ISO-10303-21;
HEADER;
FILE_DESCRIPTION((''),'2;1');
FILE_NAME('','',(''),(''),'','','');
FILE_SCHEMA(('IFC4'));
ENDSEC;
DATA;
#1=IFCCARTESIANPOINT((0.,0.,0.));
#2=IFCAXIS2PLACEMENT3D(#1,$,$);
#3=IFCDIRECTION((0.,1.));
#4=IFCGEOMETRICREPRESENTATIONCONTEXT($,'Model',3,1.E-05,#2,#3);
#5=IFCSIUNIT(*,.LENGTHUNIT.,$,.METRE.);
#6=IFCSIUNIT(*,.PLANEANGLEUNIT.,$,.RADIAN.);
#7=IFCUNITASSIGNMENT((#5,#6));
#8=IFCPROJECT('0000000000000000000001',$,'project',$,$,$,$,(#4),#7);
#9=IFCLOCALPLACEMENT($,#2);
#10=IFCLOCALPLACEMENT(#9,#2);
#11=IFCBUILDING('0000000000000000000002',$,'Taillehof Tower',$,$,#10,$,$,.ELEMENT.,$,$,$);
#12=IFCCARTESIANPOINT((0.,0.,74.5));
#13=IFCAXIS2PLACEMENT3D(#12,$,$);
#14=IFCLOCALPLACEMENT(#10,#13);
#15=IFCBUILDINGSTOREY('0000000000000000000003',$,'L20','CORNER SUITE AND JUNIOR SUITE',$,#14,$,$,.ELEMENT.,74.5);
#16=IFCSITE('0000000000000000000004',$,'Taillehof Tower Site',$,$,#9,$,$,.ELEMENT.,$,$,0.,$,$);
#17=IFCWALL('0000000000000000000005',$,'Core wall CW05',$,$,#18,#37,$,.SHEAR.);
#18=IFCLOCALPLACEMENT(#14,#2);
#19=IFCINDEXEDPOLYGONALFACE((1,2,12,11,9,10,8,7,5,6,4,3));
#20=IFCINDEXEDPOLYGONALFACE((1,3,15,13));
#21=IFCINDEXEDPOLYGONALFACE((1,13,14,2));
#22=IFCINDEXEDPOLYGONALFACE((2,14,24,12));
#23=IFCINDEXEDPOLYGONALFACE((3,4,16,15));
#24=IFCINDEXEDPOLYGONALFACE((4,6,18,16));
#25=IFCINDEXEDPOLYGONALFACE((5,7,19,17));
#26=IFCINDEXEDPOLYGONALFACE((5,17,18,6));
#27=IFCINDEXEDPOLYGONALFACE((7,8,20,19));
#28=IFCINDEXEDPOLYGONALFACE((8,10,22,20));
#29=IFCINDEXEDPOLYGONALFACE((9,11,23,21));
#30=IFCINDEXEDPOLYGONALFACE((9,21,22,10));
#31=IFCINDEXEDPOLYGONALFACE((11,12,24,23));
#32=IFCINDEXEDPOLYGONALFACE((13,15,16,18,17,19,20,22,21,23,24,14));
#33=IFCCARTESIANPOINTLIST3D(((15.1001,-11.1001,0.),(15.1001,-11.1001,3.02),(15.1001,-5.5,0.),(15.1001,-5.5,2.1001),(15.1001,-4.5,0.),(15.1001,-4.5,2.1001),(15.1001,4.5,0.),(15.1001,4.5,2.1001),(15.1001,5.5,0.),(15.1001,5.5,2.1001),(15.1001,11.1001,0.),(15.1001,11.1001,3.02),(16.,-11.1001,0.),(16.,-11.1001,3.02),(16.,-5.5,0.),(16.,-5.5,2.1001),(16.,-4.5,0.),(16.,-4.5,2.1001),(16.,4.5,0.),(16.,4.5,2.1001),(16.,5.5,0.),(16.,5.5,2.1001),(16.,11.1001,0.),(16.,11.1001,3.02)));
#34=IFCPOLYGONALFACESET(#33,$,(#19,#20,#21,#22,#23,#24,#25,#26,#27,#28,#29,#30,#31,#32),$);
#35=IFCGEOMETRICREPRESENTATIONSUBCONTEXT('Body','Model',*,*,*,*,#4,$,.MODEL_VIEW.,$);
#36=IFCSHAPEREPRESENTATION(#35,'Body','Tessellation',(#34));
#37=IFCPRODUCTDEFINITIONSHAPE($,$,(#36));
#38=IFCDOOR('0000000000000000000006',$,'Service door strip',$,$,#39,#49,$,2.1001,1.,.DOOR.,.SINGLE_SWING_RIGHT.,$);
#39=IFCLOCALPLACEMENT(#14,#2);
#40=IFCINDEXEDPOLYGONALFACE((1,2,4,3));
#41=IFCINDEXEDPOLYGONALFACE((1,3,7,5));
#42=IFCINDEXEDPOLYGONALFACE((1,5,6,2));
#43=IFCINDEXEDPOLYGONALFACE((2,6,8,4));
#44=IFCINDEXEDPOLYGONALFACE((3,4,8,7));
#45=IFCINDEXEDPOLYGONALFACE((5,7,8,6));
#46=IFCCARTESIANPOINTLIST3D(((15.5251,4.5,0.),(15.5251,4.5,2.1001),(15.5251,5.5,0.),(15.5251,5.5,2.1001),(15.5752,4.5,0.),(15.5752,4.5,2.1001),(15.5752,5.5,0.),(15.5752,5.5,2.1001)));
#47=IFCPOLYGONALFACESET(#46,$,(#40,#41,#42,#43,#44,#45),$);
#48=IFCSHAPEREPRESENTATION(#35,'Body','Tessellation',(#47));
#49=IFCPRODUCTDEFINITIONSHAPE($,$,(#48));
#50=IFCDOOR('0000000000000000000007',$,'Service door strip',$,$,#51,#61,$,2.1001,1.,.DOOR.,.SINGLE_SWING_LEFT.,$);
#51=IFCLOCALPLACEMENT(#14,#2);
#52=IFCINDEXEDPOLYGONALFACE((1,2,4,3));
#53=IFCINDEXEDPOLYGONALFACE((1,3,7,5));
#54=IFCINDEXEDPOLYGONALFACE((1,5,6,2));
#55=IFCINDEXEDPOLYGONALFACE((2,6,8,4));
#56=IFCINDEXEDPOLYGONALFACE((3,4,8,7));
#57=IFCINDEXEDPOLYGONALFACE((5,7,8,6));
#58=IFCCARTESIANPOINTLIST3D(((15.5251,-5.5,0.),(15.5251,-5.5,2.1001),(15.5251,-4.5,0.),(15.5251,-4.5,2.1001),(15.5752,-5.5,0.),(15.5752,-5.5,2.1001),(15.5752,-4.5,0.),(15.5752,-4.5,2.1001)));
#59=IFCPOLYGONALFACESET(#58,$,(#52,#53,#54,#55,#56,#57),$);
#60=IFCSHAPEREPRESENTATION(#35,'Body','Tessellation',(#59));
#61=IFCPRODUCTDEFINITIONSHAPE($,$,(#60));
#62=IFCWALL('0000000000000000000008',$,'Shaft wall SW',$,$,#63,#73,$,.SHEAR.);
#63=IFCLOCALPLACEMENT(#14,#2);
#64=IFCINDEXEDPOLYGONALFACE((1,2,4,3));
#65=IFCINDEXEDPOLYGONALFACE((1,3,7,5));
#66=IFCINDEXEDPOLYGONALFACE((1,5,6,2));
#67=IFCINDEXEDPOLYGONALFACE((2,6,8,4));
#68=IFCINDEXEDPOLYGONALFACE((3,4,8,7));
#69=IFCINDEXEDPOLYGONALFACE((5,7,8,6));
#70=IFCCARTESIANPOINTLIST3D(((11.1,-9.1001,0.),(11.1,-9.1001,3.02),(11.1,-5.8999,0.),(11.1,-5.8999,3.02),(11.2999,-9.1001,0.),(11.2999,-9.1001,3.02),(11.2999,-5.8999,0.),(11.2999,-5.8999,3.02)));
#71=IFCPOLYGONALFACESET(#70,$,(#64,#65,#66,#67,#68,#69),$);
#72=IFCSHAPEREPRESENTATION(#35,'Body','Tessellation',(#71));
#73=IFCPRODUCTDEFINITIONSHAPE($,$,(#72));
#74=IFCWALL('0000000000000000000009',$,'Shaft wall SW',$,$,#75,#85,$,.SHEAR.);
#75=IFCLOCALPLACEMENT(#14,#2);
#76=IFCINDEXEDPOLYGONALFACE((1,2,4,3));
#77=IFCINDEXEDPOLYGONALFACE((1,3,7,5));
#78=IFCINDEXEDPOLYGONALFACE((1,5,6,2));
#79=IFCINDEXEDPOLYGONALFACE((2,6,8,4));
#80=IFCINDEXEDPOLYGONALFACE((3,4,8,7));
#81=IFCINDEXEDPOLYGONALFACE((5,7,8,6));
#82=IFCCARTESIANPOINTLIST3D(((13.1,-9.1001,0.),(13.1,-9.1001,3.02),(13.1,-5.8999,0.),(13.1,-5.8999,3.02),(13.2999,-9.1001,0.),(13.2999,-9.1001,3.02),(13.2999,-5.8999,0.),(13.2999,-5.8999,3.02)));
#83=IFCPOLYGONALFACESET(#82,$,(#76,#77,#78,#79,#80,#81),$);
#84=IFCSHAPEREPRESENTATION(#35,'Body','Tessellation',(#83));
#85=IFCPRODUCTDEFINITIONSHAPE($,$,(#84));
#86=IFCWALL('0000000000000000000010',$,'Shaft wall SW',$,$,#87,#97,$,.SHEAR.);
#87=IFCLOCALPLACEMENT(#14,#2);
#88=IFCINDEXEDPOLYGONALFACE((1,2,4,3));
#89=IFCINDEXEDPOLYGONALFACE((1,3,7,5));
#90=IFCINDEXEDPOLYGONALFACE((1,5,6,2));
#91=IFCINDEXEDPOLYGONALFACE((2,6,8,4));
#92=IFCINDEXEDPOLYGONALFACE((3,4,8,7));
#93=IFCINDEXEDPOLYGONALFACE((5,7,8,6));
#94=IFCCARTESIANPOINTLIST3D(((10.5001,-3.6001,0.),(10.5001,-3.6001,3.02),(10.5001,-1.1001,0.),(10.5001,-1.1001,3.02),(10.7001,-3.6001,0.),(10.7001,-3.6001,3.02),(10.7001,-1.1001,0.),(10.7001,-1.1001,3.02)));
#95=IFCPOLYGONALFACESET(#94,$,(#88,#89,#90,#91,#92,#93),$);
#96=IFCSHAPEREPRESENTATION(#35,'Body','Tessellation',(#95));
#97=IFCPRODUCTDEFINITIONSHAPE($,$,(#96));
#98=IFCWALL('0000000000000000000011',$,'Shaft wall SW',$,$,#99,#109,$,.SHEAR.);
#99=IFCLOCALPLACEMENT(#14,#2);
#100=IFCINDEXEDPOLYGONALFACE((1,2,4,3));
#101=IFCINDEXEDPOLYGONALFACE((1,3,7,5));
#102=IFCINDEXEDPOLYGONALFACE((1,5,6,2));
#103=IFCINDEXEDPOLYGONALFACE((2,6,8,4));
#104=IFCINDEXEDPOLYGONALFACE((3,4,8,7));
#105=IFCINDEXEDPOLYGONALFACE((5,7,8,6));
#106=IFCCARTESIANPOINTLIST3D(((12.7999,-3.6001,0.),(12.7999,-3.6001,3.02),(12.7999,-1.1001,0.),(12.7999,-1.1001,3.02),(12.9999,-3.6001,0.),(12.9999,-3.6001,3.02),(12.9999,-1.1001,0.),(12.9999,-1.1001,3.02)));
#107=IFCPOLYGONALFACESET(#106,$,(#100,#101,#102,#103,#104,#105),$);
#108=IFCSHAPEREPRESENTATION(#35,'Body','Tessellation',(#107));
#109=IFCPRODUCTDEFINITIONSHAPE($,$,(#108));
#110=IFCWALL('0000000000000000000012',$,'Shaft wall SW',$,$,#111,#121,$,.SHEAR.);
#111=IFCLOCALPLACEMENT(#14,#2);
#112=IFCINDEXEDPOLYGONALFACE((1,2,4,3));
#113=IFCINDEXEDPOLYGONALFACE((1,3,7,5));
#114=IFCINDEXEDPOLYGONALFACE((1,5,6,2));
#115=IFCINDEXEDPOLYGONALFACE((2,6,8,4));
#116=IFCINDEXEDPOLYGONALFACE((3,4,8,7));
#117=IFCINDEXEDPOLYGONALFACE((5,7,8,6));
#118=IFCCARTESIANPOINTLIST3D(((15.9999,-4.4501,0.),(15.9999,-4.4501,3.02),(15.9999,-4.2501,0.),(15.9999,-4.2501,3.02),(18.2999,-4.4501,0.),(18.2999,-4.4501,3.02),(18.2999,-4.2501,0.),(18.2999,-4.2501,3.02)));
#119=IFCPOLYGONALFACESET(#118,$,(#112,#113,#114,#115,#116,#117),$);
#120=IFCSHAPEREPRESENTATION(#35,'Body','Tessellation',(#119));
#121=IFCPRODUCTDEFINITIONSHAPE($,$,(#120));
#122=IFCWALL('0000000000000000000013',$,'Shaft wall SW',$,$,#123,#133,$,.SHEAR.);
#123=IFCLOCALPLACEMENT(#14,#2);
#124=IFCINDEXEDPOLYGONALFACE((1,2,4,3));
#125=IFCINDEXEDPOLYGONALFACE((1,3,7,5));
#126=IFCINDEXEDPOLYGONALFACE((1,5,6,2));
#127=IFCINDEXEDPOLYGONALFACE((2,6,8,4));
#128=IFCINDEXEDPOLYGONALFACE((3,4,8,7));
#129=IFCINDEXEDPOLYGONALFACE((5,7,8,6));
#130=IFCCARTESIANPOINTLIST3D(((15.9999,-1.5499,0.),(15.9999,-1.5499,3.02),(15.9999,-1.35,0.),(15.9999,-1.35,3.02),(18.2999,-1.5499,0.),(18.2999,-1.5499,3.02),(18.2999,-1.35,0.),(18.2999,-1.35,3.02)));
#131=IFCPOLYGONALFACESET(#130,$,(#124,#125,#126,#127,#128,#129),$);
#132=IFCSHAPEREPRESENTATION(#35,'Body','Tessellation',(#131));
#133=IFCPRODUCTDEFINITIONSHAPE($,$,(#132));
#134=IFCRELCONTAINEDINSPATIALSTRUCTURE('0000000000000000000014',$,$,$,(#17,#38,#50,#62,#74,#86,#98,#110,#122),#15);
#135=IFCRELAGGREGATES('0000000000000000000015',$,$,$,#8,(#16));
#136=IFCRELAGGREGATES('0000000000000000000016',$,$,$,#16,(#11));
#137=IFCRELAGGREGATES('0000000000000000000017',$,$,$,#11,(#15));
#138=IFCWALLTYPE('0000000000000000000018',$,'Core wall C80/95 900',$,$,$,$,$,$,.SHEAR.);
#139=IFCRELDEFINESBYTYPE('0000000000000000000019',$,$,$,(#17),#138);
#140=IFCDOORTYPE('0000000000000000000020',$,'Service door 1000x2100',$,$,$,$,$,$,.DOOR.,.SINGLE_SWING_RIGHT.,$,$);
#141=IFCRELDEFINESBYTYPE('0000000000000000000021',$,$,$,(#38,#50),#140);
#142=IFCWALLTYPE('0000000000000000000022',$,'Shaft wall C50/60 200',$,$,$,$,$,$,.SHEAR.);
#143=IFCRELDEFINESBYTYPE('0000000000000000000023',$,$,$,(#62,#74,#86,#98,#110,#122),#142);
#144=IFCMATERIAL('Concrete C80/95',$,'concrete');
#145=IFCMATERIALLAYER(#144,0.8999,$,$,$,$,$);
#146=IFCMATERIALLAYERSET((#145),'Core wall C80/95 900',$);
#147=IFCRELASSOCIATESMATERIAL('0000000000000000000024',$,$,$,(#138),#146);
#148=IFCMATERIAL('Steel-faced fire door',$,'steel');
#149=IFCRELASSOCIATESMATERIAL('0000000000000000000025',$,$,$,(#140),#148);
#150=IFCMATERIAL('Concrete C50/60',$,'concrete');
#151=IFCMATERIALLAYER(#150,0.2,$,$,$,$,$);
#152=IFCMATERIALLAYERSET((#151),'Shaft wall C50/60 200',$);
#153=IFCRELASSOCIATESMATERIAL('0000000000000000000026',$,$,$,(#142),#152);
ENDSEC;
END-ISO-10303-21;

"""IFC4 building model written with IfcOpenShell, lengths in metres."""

from ifc_helpers import new_model, si_unit, direction, frame, frame_2d, origin, place, context, subcontext, project, spatial, rectangle, extrude, material, layer, layer_set, type_object, element, fill, save


model = new_model("IFC4")

# Units and contexts
model_context = context("Model", 3, precision=1e-05, world=origin(), true_north=direction((0.0, 1.0)))
body_context = subcontext(model_context, "Body", "Model", "MODEL_VIEW")
ifc_project = project(units=[si_unit("LENGTHUNIT", "METRE"), si_unit("PLANEANGLEUNIT", "RADIAN")], contexts=[model_context])

# Site, building, storey
site_placement = place(None, origin())
site = spatial("IfcSite", under=ifc_project, at=site_placement, Name="Taillehof Tower Site", CompositionType="ELEMENT", RefElevation=0.0)
building_placement = place(site_placement, origin())
building = spatial("IfcBuilding", under=site, at=building_placement, Name="Taillehof Tower", CompositionType="ELEMENT")
storey_placement = place(building_placement, frame((0.0, 0.0, 74.5)))
storey = spatial("IfcBuildingStorey", under=building, at=storey_placement, Name="L20", Description="CORNER SUITE AND JUNIOR SUITE", CompositionType="ELEMENT", Elevation=74.5)

# Wall, openings, doors
ifc_material_1 = material(Name="Concrete C80/95", Category="concrete")
ifc_layer_1 = layer(ifc_material_1, 0.8999)
ifc_layer_set_1 = layer_set([ifc_layer_1], Name="Core wall C80/95 900")
wall_type_1 = type_object("IfcWallType", Name="Core wall C80/95 900", PredefinedType="SHEAR", material=ifc_layer_set_1)
wall_1_placement = place(storey_placement, frame((15.55, -11.1001, 0.0), z_axis=(0.0, 0.0, 1.0), x_axis=(0.0, 1.0, 0.0)))
wall_1 = element("IfcWall", 1, at=wall_1_placement, inside=storey, type_object=wall_type_1, Name="Core wall CW05", PredefinedType="SHEAR", context=body_context, shape_type="SweptSolid", body=[
    extrude(rectangle(XDim=22.2002, YDim=0.8999, at=frame_2d((11.1001, 0.0))), origin(), (0.0, 0.0, 1.0), 3.02),
])
opening_1_placement = place(wall_1_placement, frame((15.6001, 0.0, 0.0)))
opening_1 = element("IfcOpeningElement", 2, at=opening_1_placement, cuts=wall_1, PredefinedType="OPENING", context=body_context, shape_type="SweptSolid", body=[
    extrude(rectangle(XDim=1.0, YDim=2.1001, at=frame_2d((0.5, 1.05))), frame((0.0, 0.46, 0.0), z_axis=(0.0, -1.0, 0.0), x_axis=(1.0, 0.0, 0.0)), (0.0, 0.0, 1.0), 0.9199),
])
opening_2_placement = place(wall_1_placement, frame((5.6001, 0.0, 0.0)))
opening_2 = element("IfcOpeningElement", 3, at=opening_2_placement, cuts=wall_1, PredefinedType="OPENING", context=body_context, shape_type="SweptSolid", body=[
    extrude(rectangle(XDim=1.0, YDim=2.1001, at=frame_2d((0.5, 1.05))), frame((0.0, 0.46, 0.0), z_axis=(0.0, -1.0, 0.0), x_axis=(1.0, 0.0, 0.0)), (0.0, 0.0, 1.0), 0.9199),
])
ifc_material_2 = material(Name="Steel-faced fire door", Category="steel")
door_type_1 = type_object("IfcDoorType", Name="Service door 1000x2100", OperationType="SINGLE_SWING_RIGHT", PredefinedType="DOOR", material=ifc_material_2)
door_1_placement = place(opening_1_placement, origin())
door_1 = element("IfcDoor", 4, at=door_1_placement, inside=storey, type_object=door_type_1, Name="Service door strip", OperationType="SINGLE_SWING_RIGHT", OverallHeight=2.1001, OverallWidth=1.0, PredefinedType="DOOR", context=body_context, shape_type="SweptSolid", body=[
    extrude(rectangle(XDim=1.0, YDim=2.1001, at=frame_2d((0.5, 1.05))), frame((0.0, 0.0249, 0.0), z_axis=(0.0, -1.0, 0.0), x_axis=(1.0, 0.0, 0.0)), (0.0, 0.0, 1.0), 0.05),
])
fill(opening_1, door_1)
door_2_placement = place(opening_2_placement, origin())
door_2 = element("IfcDoor", 5, at=door_2_placement, inside=storey, type_object=door_type_1, Name="Service door strip", OperationType="SINGLE_SWING_LEFT", OverallHeight=2.1001, OverallWidth=1.0, PredefinedType="DOOR", context=body_context, shape_type="SweptSolid", body=[
    extrude(rectangle(XDim=1.0, YDim=2.1001, at=frame_2d((0.5, 1.05))), frame((0.0, 0.0249, 0.0), z_axis=(0.0, -1.0, 0.0), x_axis=(1.0, 0.0, 0.0)), (0.0, 0.0, 1.0), 0.05),
])
fill(opening_2, door_2)

# Walls
ifc_material_3 = material(Name="Concrete C50/60", Category="concrete")
ifc_layer_2 = layer(ifc_material_3, 0.2)
ifc_layer_set_2 = layer_set([ifc_layer_2], Name="Shaft wall C50/60 200")
wall_type_2 = type_object("IfcWallType", Name="Shaft wall C50/60 200", PredefinedType="SHEAR", material=ifc_layer_set_2)
for number, where, z_axis, x_axis, name in (
    (6, (11.2, -9.1001, 0.0), (0.0, 0.0, 1.0), (0.0, 1.0, 0.0), "Shaft wall SW"),
    (7, (13.2, -9.1001, 0.0), (0.0, 0.0, 1.0), (0.0, 1.0, 0.0), "Shaft wall SW"),
):
    element("IfcWall", number, at=place(storey_placement, frame(where, z_axis=z_axis, x_axis=x_axis)), inside=storey, type_object=wall_type_2, Name=name, PredefinedType="SHEAR", context=body_context, shape_type="SweptSolid", body=[
        extrude(rectangle(XDim=3.2002, YDim=0.2, at=frame_2d((1.6001, 0.0))), origin(), (0.0, 0.0, 1.0), 3.02),
    ])
for number, where, z_axis, x_axis, name in (
    (8, (10.6001, -3.6001, 0.0), (0.0, 0.0, 1.0), (0.0, 1.0, 0.0), "Shaft wall SW"),
    (9, (12.8999, -3.6001, 0.0), (0.0, 0.0, 1.0), (0.0, 1.0, 0.0), "Shaft wall SW"),
):
    element("IfcWall", number, at=place(storey_placement, frame(where, z_axis=z_axis, x_axis=x_axis)), inside=storey, type_object=wall_type_2, Name=name, PredefinedType="SHEAR", context=body_context, shape_type="SweptSolid", body=[
        extrude(rectangle(XDim=2.5, YDim=0.2, at=frame_2d((1.25, 0.0))), origin(), (0.0, 0.0, 1.0), 3.02),
    ])
for number, where, z_axis, x_axis, name in (
    (10, (16.0, -4.3501, 0.0), (0.0, 0.0, 1.0), (1.0, 0.0, 0.0), "Shaft wall SW"),
    (11, (16.0, -1.45, 0.0), (0.0, 0.0, 1.0), (1.0, 0.0, 0.0), "Shaft wall SW"),
):
    element("IfcWall", number, at=place(storey_placement, frame(where, z_axis=z_axis, x_axis=x_axis)), inside=storey, type_object=wall_type_2, Name=name, PredefinedType="SHEAR", context=body_context, shape_type="SweptSolid", body=[
        extrude(rectangle(XDim=2.3, YDim=0.2, at=frame_2d((1.1499, 0.0))), origin(), (0.0, 0.0, 1.0), 3.02),
    ])

save(model, "model.ifc")
